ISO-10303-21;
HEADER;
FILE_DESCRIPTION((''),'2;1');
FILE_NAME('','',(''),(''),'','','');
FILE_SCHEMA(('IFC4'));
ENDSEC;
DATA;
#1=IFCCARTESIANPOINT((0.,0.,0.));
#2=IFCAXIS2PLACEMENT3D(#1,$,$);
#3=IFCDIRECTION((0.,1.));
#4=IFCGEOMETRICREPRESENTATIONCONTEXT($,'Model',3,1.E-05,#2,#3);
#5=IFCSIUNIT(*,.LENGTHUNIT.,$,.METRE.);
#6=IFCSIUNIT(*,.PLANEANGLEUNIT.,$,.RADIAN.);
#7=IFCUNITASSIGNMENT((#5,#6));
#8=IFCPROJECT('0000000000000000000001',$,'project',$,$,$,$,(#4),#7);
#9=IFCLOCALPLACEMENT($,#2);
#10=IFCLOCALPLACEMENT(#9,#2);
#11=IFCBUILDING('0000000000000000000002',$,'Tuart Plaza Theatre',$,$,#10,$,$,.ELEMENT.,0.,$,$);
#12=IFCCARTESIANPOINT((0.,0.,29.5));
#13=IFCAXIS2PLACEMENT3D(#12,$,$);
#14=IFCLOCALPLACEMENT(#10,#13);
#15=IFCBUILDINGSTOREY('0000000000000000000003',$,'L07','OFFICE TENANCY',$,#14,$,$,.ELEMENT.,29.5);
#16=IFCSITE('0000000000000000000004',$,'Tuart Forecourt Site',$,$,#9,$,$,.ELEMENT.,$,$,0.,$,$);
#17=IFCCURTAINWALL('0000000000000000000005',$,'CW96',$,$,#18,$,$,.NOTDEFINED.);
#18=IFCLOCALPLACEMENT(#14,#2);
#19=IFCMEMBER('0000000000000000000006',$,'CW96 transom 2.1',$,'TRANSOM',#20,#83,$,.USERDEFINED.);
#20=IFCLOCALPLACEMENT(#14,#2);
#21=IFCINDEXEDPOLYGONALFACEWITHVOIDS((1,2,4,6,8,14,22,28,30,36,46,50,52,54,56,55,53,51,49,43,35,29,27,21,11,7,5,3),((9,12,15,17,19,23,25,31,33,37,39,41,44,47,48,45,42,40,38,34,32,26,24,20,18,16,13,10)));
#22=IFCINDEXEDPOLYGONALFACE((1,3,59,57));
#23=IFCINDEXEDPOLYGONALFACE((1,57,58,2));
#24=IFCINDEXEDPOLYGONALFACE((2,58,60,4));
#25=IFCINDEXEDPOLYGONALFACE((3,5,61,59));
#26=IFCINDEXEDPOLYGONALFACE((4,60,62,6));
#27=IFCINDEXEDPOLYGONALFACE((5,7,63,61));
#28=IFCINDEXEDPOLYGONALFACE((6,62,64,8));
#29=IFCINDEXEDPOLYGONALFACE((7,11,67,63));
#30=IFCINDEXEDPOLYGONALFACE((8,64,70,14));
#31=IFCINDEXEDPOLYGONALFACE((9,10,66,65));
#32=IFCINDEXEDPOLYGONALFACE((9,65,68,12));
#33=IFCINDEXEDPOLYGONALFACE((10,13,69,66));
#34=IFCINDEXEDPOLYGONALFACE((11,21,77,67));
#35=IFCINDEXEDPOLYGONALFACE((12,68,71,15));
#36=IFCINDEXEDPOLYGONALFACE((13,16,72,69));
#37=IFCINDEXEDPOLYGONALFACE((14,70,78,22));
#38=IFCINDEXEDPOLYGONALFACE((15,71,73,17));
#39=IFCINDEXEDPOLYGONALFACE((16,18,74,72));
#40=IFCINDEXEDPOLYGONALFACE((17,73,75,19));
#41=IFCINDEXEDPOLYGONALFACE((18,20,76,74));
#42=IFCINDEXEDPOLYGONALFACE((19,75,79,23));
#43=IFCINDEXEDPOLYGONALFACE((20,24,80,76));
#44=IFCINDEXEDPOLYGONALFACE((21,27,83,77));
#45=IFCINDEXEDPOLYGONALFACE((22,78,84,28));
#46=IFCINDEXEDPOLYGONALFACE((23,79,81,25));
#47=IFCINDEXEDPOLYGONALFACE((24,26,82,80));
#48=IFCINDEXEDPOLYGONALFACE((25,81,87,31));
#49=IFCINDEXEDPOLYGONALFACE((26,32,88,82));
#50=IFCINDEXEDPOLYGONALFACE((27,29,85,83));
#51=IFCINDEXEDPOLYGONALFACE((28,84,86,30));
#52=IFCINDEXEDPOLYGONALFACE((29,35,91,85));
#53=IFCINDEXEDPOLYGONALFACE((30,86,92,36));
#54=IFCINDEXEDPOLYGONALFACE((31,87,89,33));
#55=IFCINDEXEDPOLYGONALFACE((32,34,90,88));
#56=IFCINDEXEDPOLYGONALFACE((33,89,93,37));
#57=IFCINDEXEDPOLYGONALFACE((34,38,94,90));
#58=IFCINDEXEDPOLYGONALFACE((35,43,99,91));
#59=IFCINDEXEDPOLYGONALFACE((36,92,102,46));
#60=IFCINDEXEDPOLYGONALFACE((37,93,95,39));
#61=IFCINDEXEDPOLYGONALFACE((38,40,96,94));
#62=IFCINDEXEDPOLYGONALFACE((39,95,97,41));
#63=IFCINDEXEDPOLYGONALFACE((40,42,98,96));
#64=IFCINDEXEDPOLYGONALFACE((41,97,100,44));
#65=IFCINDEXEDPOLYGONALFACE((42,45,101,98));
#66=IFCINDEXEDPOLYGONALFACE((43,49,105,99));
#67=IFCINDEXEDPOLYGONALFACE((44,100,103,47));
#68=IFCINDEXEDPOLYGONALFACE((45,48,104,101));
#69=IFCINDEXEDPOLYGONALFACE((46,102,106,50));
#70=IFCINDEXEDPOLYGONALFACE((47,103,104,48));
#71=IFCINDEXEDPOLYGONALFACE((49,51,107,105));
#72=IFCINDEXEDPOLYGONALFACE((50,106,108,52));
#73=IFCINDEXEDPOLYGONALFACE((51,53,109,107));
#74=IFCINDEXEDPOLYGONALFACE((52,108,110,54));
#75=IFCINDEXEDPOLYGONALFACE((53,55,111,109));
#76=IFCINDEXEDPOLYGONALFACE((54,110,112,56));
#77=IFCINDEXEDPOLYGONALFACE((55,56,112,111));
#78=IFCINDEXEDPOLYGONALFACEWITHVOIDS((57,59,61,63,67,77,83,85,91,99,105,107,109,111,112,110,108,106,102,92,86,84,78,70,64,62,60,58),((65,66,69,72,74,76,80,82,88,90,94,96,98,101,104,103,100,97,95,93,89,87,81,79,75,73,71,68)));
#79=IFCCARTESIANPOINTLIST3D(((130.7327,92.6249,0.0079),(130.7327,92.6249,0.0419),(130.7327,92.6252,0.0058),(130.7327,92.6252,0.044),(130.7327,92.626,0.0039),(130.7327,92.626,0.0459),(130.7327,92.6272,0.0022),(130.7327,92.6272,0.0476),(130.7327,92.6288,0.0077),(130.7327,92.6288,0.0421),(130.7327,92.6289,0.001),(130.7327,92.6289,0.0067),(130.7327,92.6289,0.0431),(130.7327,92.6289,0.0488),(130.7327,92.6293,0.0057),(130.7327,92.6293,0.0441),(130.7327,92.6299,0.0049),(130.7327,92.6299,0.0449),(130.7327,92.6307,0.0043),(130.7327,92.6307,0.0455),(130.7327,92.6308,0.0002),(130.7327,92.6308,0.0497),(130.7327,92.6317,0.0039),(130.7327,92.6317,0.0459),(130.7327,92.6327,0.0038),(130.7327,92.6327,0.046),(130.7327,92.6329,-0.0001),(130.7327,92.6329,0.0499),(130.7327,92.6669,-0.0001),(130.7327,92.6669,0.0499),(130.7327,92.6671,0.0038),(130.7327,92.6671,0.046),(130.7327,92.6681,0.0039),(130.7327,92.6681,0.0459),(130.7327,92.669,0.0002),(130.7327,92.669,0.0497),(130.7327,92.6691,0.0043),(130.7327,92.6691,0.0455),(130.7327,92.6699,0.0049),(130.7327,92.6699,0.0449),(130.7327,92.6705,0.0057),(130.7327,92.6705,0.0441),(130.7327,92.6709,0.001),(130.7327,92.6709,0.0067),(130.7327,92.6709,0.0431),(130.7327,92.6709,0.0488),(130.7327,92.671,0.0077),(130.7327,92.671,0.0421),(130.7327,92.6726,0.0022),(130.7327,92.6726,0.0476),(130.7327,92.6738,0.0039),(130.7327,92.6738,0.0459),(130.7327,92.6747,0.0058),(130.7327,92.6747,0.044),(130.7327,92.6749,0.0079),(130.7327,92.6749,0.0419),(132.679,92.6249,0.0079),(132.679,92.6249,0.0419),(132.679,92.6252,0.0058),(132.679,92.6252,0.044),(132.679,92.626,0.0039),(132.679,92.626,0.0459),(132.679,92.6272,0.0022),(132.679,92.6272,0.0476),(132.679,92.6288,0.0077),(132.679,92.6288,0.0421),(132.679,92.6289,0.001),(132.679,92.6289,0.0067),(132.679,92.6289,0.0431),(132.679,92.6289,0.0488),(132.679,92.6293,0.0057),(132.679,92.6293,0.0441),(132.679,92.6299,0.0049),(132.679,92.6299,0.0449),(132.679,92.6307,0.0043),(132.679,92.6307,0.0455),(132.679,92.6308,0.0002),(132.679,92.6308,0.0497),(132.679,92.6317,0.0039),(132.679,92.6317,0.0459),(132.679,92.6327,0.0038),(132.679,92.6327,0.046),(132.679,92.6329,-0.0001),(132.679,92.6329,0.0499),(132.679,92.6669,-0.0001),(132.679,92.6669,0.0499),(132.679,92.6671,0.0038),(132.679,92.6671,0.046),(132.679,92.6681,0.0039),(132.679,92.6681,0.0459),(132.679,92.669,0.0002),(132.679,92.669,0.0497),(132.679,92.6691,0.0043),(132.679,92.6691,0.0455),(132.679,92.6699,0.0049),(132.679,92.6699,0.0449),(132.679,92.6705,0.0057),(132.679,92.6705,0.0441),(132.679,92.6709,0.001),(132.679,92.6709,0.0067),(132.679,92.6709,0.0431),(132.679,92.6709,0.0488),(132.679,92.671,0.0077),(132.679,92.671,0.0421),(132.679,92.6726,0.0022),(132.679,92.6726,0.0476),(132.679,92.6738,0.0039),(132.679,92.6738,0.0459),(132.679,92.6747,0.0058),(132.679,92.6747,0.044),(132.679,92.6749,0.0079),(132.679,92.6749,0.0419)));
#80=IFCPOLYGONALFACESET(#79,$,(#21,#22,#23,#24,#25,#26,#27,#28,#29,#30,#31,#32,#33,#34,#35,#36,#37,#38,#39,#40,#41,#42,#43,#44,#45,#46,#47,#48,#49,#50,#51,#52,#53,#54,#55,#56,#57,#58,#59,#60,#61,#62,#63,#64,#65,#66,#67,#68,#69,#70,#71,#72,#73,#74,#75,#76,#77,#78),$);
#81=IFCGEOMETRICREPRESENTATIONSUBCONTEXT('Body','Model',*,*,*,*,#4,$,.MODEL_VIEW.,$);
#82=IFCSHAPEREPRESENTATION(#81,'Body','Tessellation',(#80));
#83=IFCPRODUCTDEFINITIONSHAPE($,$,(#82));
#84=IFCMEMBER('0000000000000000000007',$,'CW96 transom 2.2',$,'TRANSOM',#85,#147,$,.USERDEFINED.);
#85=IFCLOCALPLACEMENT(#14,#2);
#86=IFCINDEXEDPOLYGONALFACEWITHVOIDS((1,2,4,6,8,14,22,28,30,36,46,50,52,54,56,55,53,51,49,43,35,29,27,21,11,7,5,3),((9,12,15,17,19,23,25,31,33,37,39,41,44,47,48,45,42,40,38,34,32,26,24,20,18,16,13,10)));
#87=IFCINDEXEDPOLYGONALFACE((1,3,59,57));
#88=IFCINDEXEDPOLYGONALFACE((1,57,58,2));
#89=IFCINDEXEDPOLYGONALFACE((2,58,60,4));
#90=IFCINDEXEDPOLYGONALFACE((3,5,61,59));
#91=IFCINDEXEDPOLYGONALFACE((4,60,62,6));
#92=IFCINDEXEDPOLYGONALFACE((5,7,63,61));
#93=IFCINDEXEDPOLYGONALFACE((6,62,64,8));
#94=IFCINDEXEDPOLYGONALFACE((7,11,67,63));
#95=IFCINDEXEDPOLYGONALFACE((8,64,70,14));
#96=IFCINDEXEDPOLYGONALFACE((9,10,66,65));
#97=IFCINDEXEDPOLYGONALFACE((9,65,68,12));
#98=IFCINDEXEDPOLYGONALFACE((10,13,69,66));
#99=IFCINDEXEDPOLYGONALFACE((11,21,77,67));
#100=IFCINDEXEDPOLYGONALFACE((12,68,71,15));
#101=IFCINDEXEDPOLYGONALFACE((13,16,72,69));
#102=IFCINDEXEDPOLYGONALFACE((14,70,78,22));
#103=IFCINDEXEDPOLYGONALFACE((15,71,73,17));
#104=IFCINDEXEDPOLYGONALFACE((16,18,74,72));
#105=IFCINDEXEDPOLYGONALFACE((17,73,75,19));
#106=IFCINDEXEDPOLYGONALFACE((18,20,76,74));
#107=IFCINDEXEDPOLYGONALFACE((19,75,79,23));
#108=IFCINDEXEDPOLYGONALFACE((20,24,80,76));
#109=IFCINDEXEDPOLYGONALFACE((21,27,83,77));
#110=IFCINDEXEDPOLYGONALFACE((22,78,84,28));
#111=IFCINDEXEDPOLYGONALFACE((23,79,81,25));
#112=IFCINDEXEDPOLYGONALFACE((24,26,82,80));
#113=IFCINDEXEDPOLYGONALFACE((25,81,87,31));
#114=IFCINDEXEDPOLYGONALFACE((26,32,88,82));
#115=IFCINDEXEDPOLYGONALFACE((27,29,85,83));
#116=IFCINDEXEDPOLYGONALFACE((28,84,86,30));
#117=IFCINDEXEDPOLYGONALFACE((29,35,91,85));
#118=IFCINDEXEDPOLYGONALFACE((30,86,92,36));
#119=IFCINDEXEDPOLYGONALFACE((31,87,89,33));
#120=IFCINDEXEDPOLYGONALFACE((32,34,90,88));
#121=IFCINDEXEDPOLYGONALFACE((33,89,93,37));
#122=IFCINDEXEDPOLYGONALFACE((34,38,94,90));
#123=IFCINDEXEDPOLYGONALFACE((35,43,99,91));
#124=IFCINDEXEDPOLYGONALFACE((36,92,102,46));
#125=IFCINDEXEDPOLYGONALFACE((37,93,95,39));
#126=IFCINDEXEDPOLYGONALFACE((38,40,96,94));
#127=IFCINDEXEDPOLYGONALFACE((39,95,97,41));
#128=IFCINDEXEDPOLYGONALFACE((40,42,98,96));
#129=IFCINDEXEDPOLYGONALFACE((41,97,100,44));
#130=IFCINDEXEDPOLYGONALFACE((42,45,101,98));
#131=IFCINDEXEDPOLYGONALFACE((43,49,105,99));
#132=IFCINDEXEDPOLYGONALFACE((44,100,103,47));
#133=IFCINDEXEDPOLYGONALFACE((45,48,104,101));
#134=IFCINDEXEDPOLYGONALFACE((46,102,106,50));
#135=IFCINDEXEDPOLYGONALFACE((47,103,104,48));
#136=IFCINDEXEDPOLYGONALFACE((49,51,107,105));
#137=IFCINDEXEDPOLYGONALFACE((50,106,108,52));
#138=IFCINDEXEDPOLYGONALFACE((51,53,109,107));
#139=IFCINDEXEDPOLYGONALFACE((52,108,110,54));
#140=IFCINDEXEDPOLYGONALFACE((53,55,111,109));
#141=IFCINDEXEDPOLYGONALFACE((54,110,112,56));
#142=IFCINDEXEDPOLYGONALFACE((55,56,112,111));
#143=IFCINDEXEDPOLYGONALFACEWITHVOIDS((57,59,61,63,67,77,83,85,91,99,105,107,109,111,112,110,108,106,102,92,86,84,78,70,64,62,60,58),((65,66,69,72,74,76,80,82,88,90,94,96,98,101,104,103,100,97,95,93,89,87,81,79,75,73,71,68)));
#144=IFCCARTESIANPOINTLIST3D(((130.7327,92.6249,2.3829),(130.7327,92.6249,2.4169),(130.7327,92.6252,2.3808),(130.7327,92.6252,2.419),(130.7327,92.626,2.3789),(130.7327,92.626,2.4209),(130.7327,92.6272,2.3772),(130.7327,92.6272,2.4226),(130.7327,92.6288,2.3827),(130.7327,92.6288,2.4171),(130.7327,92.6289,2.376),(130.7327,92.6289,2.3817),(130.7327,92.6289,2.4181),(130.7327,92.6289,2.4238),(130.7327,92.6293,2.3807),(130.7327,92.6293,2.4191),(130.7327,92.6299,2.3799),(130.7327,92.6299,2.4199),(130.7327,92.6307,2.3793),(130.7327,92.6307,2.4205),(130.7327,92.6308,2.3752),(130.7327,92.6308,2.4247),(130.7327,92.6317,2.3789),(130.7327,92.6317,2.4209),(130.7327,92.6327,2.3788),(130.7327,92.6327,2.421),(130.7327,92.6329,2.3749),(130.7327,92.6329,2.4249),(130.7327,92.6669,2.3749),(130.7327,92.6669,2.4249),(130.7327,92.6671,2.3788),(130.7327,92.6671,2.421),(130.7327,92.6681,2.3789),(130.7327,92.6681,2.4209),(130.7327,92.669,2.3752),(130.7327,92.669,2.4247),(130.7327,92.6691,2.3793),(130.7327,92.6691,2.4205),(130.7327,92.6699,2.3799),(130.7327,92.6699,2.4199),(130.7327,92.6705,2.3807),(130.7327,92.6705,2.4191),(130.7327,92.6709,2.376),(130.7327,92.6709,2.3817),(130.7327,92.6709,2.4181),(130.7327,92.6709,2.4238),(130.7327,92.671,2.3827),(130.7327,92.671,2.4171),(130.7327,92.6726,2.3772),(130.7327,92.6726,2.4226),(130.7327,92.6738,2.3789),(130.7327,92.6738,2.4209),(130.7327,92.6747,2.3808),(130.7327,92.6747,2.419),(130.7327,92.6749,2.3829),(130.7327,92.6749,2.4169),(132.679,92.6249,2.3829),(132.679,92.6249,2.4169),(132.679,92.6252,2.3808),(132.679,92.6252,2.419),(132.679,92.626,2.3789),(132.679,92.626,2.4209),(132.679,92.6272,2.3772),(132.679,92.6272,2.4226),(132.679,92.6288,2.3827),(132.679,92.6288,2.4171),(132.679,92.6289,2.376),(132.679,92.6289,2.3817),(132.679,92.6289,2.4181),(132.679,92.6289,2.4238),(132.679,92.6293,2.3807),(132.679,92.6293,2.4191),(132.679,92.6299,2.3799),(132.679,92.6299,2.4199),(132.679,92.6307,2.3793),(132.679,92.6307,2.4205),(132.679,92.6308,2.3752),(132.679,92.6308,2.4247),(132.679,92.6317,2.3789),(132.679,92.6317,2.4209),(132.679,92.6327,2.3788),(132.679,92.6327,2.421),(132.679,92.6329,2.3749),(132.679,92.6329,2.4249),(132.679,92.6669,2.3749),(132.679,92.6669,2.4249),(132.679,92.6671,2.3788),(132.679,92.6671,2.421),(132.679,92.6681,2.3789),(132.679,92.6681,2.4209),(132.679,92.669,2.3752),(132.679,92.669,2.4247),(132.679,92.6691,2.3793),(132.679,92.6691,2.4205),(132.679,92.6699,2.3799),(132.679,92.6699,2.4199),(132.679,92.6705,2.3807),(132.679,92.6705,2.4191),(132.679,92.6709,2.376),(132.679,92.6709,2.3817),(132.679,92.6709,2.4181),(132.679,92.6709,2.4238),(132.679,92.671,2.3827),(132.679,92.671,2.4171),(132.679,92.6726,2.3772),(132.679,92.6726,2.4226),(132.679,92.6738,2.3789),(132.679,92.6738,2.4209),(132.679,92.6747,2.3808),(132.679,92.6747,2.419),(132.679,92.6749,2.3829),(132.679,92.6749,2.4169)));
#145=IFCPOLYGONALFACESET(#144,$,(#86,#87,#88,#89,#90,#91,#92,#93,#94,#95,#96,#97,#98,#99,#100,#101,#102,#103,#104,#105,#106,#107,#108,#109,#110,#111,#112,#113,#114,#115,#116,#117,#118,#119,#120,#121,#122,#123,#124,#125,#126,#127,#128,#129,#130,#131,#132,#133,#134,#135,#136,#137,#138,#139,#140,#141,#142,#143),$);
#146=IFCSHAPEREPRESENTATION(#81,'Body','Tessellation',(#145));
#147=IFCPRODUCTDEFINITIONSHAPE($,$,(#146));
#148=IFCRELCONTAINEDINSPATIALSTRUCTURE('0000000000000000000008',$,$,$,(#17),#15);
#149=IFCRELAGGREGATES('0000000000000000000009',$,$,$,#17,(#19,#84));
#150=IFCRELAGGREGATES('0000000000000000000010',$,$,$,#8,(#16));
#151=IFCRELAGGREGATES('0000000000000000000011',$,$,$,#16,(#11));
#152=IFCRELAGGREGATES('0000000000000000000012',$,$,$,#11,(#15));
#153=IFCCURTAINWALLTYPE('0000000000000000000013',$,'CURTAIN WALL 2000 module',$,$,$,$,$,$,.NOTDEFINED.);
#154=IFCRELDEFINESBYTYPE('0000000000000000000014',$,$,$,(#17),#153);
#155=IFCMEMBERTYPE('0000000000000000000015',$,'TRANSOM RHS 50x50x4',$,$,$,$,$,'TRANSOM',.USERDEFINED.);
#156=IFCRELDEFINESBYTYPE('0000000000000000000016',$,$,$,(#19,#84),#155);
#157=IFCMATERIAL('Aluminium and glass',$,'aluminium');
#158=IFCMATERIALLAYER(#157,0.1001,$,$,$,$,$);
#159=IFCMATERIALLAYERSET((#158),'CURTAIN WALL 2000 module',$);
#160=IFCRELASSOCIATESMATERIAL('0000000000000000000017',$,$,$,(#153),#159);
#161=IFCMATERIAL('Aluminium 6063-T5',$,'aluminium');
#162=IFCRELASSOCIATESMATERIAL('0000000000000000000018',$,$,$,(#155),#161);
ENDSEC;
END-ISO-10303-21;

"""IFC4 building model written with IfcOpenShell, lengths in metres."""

from ifc_helpers import new_model, si_unit, direction, frame, origin, origin_2d, place, context, subcontext, project, spatial, hollow_rectangle, extrude, material, layer, layer_set, material_profile, profile_set, type_object, element, aggregate, save


model = new_model("IFC4")

# Units and contexts
model_context = context("Model", 3, precision=1e-05, world=origin(), true_north=direction((0.0, 1.0)))
body_context = subcontext(model_context, "Body", "Model", "MODEL_VIEW")
ifc_project = project(units=[si_unit("LENGTHUNIT", "METRE"), si_unit("PLANEANGLEUNIT", "RADIAN")], contexts=[model_context])

# Site, building, storey
site_placement = place(None, origin())
site = spatial("IfcSite", under=ifc_project, at=site_placement, Name="Tuart Forecourt Site", CompositionType="ELEMENT", RefElevation=0.0)
building_placement = place(site_placement, origin())
building = spatial("IfcBuilding", under=site, at=building_placement, Name="Tuart Plaza Theatre", CompositionType="ELEMENT", ElevationOfRefHeight=0.0)
storey_placement = place(building_placement, frame((0.0, 0.0, 29.5)))
storey = spatial("IfcBuildingStorey", under=building, at=storey_placement, Name="L07", Description="OFFICE TENANCY", CompositionType="ELEMENT", Elevation=29.5)

# Curtain wall
ifc_material_1 = material(Name="Aluminium and glass", Category="aluminium")
ifc_layer_1 = layer(ifc_material_1, 0.1001)
ifc_layer_set_1 = layer_set([ifc_layer_1], Name="CURTAIN WALL 2000 module")
curtain_wall_type = type_object("IfcCurtainWallType", Name="CURTAIN WALL 2000 module", PredefinedType="NOTDEFINED", material=ifc_layer_set_1)
curtain_wall_1_placement = place(storey_placement, origin())
curtain_wall_1 = element("IfcCurtainWall", 1, at=curtain_wall_1_placement, inside=storey, type_object=curtain_wall_type, Name="CW96", PredefinedType="NOTDEFINED")

# Members
ifc_material_2 = material(Name="Aluminium 6063-T5", Category="aluminium")
ifc_material_profile_1 = material_profile(ifc_material_2, hollow_rectangle(XDim=0.05, YDim=0.05, WallThickness=0.0039, InnerFilletRadius=0.0039, OuterFilletRadius=0.0081, at=origin_2d()), Name="RHS 50x50x4")
ifc_profile_set_1 = profile_set([ifc_material_profile_1], Name="Aluminium 6063-T5")
member_type_1 = type_object("IfcMemberType", Name="TRANSOM RHS 50x50x4", ElementType="TRANSOM", PredefinedType="USERDEFINED", material=ifc_profile_set_1)
member_1_placement = place(storey_placement, frame((132.679, 92.6499, 0.0249), z_axis=(-1.0, 0.0, 0.0), x_axis=(0.0, -1.0, 0.0)))
member_1 = element("IfcMember", 2, at=member_1_placement, type_object=member_type_1, Name="CW96 transom 2.1", ObjectType="TRANSOM", PredefinedType="USERDEFINED", context=body_context, shape_type="SweptSolid", body=[
    extrude(hollow_rectangle(XDim=0.05, YDim=0.05, WallThickness=0.0039, InnerFilletRadius=0.0039, OuterFilletRadius=0.0081, at=origin_2d()), origin(), (0.0, 0.0, 1.0), 1.9463),
])
member_2_placement = place(storey_placement, frame((132.679, 92.6499, 2.3999), z_axis=(-1.0, 0.0, 0.0), x_axis=(0.0, -1.0, 0.0)))
member_2 = element("IfcMember", 3, at=member_2_placement, type_object=member_type_1, Name="CW96 transom 2.2", ObjectType="TRANSOM", PredefinedType="USERDEFINED", context=body_context, shape_type="SweptSolid", body=[
    extrude(hollow_rectangle(XDim=0.05, YDim=0.05, WallThickness=0.0039, InnerFilletRadius=0.0039, OuterFilletRadius=0.0081, at=origin_2d()), origin(), (0.0, 0.0, 1.0), 1.9463),
])

aggregate(curtain_wall_1, [member_1, member_2])

save(model, "model.ifc")
